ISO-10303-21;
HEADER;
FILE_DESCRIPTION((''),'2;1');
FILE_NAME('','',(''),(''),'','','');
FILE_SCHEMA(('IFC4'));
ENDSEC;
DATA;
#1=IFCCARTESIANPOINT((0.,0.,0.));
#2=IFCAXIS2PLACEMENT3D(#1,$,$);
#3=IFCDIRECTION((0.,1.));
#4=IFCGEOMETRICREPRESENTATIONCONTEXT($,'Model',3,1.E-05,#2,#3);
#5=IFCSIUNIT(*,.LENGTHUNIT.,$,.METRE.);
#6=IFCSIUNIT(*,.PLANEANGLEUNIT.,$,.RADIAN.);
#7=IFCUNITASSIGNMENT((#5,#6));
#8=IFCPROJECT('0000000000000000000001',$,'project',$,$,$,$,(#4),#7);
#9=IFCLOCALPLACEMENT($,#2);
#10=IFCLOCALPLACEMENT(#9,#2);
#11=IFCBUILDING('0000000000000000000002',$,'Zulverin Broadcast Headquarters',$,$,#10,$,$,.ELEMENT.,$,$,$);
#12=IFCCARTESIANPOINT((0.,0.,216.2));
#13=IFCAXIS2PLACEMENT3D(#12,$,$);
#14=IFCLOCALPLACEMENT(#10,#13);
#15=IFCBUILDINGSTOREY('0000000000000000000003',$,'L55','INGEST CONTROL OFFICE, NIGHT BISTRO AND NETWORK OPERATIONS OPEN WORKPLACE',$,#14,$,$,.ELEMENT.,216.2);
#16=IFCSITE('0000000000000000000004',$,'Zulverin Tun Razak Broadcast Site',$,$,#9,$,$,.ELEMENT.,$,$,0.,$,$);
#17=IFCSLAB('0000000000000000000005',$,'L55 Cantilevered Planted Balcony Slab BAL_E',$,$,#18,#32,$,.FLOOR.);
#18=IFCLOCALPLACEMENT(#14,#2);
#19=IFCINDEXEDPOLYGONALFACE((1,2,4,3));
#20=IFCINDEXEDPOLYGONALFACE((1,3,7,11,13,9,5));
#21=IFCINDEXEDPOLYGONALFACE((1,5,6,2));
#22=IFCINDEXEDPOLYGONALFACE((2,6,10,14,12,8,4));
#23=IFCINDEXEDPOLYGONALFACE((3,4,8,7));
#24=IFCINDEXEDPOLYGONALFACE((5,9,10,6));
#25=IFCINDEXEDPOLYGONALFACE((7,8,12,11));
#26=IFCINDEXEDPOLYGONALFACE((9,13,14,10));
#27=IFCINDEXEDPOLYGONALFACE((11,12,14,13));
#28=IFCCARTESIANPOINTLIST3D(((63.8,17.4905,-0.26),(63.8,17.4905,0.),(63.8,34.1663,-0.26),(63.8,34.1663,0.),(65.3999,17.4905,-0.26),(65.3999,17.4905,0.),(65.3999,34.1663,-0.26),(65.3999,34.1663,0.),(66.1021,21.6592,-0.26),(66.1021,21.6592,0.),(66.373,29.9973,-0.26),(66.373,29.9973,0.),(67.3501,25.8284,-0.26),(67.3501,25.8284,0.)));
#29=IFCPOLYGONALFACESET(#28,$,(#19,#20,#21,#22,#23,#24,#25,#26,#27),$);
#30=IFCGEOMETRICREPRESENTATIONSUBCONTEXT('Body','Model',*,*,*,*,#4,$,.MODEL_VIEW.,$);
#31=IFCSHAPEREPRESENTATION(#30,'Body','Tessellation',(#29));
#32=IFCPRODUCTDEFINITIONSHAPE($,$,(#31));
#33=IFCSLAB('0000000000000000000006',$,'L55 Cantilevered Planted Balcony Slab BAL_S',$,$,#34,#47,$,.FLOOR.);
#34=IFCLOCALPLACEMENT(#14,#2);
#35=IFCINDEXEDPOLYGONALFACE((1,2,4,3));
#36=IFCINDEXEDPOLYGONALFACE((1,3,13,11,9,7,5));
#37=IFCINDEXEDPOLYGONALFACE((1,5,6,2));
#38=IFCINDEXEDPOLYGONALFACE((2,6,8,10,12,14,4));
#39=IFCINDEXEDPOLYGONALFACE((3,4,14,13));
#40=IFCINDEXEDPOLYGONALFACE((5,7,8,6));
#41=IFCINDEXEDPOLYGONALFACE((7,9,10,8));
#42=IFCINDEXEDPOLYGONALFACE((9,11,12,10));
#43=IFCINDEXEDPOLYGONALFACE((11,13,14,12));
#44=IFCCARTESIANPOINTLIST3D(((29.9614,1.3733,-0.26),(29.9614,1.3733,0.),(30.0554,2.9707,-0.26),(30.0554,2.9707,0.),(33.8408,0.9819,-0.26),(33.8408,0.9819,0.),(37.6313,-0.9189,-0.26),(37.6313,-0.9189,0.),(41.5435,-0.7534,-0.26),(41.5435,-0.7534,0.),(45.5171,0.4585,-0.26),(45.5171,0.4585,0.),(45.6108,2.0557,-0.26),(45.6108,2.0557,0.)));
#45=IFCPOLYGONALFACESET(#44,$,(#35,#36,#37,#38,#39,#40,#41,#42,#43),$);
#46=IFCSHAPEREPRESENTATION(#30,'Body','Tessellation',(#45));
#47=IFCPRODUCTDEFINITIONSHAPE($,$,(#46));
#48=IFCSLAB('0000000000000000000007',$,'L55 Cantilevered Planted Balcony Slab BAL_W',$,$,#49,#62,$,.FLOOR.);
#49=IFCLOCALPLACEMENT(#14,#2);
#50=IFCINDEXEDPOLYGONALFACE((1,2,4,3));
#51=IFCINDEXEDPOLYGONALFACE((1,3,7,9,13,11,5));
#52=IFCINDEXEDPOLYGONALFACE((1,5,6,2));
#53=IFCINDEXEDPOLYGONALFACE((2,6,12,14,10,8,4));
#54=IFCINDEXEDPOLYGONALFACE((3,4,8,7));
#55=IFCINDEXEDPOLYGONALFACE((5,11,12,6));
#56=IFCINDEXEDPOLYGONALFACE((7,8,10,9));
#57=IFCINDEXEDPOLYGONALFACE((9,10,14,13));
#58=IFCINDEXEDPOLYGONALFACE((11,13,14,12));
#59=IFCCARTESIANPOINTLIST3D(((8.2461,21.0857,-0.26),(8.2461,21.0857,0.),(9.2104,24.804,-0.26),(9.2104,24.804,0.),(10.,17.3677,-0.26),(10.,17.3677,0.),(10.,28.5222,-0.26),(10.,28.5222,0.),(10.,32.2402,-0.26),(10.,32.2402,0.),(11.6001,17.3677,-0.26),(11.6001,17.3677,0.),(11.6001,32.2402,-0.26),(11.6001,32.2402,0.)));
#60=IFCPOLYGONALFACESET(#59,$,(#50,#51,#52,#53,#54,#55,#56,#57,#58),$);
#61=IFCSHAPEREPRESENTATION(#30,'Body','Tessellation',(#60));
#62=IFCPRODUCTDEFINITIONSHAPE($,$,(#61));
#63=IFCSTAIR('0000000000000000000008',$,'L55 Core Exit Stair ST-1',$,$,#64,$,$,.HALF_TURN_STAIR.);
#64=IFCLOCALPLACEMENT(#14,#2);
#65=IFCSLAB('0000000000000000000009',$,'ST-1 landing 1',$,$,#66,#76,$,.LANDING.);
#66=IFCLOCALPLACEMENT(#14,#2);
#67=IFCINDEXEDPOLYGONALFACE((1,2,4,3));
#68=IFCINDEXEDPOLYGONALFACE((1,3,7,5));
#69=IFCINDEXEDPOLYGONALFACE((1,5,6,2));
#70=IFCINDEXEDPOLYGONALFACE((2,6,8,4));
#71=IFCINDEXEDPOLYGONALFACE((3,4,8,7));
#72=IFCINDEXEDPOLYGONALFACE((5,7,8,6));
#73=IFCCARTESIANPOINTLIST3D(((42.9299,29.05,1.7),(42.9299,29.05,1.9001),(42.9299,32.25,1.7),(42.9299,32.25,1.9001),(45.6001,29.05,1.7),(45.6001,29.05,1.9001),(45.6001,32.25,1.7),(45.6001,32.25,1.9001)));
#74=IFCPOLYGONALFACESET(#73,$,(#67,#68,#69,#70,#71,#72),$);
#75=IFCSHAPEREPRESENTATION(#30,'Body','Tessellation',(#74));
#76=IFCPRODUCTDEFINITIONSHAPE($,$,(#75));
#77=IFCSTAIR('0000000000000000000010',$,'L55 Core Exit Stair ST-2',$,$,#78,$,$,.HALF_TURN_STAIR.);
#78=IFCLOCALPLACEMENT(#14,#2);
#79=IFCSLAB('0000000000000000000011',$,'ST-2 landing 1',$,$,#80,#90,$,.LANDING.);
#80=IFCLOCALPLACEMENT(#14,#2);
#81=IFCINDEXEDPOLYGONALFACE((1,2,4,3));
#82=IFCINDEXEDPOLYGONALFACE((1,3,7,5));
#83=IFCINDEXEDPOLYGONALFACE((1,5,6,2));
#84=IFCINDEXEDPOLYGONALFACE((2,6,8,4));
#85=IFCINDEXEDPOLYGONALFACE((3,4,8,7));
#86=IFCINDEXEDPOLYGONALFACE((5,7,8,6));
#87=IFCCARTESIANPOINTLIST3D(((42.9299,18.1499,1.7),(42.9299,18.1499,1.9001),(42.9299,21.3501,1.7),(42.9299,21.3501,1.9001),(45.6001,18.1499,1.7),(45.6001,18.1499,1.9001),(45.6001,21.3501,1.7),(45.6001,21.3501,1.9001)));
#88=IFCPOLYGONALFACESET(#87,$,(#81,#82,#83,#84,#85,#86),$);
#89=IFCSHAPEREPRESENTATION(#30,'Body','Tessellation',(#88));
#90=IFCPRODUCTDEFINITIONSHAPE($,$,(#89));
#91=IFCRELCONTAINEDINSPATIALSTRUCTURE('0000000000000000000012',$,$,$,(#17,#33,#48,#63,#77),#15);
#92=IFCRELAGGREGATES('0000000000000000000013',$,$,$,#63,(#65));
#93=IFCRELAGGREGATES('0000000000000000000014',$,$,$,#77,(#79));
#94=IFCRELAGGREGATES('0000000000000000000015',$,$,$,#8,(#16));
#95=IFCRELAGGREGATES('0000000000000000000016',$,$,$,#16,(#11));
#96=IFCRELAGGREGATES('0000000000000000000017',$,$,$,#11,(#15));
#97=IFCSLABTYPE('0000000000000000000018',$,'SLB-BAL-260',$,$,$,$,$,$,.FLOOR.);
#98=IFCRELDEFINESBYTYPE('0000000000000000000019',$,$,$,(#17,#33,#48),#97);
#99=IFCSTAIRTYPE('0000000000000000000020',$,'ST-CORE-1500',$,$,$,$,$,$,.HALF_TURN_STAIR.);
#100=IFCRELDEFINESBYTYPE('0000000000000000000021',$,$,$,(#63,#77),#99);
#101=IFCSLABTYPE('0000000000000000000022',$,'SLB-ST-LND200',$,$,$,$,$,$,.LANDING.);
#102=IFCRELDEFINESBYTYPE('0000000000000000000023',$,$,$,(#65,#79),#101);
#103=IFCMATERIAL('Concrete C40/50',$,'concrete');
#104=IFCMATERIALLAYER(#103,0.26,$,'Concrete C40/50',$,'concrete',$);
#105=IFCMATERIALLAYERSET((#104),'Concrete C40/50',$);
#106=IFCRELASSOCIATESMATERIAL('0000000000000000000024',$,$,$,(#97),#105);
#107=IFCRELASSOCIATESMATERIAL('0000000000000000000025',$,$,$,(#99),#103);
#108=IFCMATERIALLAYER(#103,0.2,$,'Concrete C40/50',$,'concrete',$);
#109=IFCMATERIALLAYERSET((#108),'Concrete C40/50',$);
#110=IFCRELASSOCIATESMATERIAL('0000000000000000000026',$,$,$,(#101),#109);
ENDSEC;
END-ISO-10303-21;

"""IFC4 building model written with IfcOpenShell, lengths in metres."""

from ifc_helpers import new_model, si_unit, direction, frame, origin, place, context, subcontext, project, spatial, polyline, outline, extrude, material, layer, layer_set, type_object, element, aggregate, save


model = new_model("IFC4")

# Units and contexts
model_context = context("Model", 3, precision=1e-05, world=origin(), true_north=direction((0.0, 1.0)))
body_context = subcontext(model_context, "Body", "Model", "MODEL_VIEW")
ifc_project = project(units=[si_unit("LENGTHUNIT", "METRE"), si_unit("PLANEANGLEUNIT", "RADIAN")], contexts=[model_context])

# Site, building, storey
site_placement = place(None, origin())
site = spatial("IfcSite", under=ifc_project, at=site_placement, Name="Zulverin Tun Razak Broadcast Site", CompositionType="ELEMENT", RefElevation=0.0)
building_placement = place(site_placement, origin())
building = spatial("IfcBuilding", under=site, at=building_placement, Name="Zulverin Broadcast Headquarters", CompositionType="ELEMENT")
storey_placement = place(building_placement, frame((0.0, 0.0, 216.2)))
storey = spatial("IfcBuildingStorey", under=building, at=storey_placement, Name="L55", Description="INGEST CONTROL OFFICE, NIGHT BISTRO AND NETWORK OPERATIONS OPEN WORKPLACE", CompositionType="ELEMENT", Elevation=216.2)

# Slabs
ifc_material_1 = material(Name="Concrete C40/50", Category="concrete")
ifc_layer_1 = layer(ifc_material_1, 0.26, Name="Concrete C40/50", Category="concrete")
ifc_layer_set_1 = layer_set([ifc_layer_1], Name="Concrete C40/50")
slab_type_1 = type_object("IfcSlabType", Name="SLB-BAL-260", PredefinedType="FLOOR", material=ifc_layer_set_1)
slab_1_placement = place(storey_placement, frame((0.0, 0.0, -0.26)))
element("IfcSlab", 1, at=slab_1_placement, inside=storey, type_object=slab_type_1, Name="L55 Cantilevered Planted Balcony Slab BAL_E", PredefinedType="FLOOR", context=body_context, shape_type="SweptSolid", body=[
    extrude(outline(polyline([(63.8, 34.1663), (63.8, 17.4905), (65.3999, 17.4905), (66.1021, 21.6592), (67.3501, 25.8284), (66.373, 29.9973), (65.3999, 34.1663), (63.8, 34.1663)])), origin(), (0.0, 0.0, 1.0), 0.26),
])
slab_2_placement = place(storey_placement, frame((0.0, 0.0, -0.26)))
element("IfcSlab", 2, at=slab_2_placement, inside=storey, type_object=slab_type_1, Name="L55 Cantilevered Planted Balcony Slab BAL_S", PredefinedType="FLOOR", context=body_context, shape_type="SweptSolid", body=[
    extrude(outline(polyline([(45.6108, 2.0557), (30.0554, 2.9707), (29.9614, 1.3733), (33.8408, 0.9819), (37.6313, -0.9189), (41.5435, -0.7534), (45.5171, 0.4585), (45.6108, 2.0557)])), origin(), (0.0, 0.0, 1.0), 0.26),
])
slab_3_placement = place(storey_placement, frame((0.0, 0.0, -0.26)))
element("IfcSlab", 3, at=slab_3_placement, inside=storey, type_object=slab_type_1, Name="L55 Cantilevered Planted Balcony Slab BAL_W", PredefinedType="FLOOR", context=body_context, shape_type="SweptSolid", body=[
    extrude(outline(polyline([(11.6001, 17.3677), (11.6001, 32.2402), (10.0, 32.2402), (10.0, 28.5222), (9.2104, 24.804), (8.2461, 21.0857), (10.0, 17.3677), (11.6001, 17.3677)])), origin(), (0.0, 0.0, 1.0), 0.26),
])

# Stairs, slabs
stair_type = type_object("IfcStairType", Name="ST-CORE-1500", PredefinedType="HALF_TURN_STAIR", material=ifc_material_1)
stair_1_placement = place(storey_placement, origin())
stair_1 = element("IfcStair", 4, at=stair_1_placement, inside=storey, type_object=stair_type, Name="L55 Core Exit Stair ST-1", PredefinedType="HALF_TURN_STAIR")
ifc_layer_2 = layer(ifc_material_1, 0.2, Name="Concrete C40/50", Category="concrete")
ifc_layer_set_2 = layer_set([ifc_layer_2], Name="Concrete C40/50")
slab_type_2 = type_object("IfcSlabType", Name="SLB-ST-LND200", PredefinedType="LANDING", material=ifc_layer_set_2)
slab_4_placement = place(storey_placement, frame((0.0, 0.0, 1.7)))
slab_4 = element("IfcSlab", 5, at=slab_4_placement, type_object=slab_type_2, Name="ST-1 landing 1", PredefinedType="LANDING", context=body_context, shape_type="SweptSolid", body=[
    extrude(outline(polyline([(42.9299, 29.05), (45.6001, 29.05), (45.6001, 32.25), (42.9299, 32.25), (42.9299, 29.05)])), origin(), (0.0, 0.0, 1.0), 0.2002),
])
aggregate(stair_1, [slab_4])
stair_2_placement = place(storey_placement, origin())
stair_2 = element("IfcStair", 6, at=stair_2_placement, inside=storey, type_object=stair_type, Name="L55 Core Exit Stair ST-2", PredefinedType="HALF_TURN_STAIR")
slab_5_placement = place(storey_placement, frame((0.0, 0.0, 1.7)))
slab_5 = element("IfcSlab", 7, at=slab_5_placement, type_object=slab_type_2, Name="ST-2 landing 1", PredefinedType="LANDING", context=body_context, shape_type="SweptSolid", body=[
    extrude(outline(polyline([(42.9299, 18.1499), (45.6001, 18.1499), (45.6001, 21.3501), (42.9299, 21.3501), (42.9299, 18.1499)])), origin(), (0.0, 0.0, 1.0), 0.2002),
])
aggregate(stair_2, [slab_5])

save(model, "model.ifc")
